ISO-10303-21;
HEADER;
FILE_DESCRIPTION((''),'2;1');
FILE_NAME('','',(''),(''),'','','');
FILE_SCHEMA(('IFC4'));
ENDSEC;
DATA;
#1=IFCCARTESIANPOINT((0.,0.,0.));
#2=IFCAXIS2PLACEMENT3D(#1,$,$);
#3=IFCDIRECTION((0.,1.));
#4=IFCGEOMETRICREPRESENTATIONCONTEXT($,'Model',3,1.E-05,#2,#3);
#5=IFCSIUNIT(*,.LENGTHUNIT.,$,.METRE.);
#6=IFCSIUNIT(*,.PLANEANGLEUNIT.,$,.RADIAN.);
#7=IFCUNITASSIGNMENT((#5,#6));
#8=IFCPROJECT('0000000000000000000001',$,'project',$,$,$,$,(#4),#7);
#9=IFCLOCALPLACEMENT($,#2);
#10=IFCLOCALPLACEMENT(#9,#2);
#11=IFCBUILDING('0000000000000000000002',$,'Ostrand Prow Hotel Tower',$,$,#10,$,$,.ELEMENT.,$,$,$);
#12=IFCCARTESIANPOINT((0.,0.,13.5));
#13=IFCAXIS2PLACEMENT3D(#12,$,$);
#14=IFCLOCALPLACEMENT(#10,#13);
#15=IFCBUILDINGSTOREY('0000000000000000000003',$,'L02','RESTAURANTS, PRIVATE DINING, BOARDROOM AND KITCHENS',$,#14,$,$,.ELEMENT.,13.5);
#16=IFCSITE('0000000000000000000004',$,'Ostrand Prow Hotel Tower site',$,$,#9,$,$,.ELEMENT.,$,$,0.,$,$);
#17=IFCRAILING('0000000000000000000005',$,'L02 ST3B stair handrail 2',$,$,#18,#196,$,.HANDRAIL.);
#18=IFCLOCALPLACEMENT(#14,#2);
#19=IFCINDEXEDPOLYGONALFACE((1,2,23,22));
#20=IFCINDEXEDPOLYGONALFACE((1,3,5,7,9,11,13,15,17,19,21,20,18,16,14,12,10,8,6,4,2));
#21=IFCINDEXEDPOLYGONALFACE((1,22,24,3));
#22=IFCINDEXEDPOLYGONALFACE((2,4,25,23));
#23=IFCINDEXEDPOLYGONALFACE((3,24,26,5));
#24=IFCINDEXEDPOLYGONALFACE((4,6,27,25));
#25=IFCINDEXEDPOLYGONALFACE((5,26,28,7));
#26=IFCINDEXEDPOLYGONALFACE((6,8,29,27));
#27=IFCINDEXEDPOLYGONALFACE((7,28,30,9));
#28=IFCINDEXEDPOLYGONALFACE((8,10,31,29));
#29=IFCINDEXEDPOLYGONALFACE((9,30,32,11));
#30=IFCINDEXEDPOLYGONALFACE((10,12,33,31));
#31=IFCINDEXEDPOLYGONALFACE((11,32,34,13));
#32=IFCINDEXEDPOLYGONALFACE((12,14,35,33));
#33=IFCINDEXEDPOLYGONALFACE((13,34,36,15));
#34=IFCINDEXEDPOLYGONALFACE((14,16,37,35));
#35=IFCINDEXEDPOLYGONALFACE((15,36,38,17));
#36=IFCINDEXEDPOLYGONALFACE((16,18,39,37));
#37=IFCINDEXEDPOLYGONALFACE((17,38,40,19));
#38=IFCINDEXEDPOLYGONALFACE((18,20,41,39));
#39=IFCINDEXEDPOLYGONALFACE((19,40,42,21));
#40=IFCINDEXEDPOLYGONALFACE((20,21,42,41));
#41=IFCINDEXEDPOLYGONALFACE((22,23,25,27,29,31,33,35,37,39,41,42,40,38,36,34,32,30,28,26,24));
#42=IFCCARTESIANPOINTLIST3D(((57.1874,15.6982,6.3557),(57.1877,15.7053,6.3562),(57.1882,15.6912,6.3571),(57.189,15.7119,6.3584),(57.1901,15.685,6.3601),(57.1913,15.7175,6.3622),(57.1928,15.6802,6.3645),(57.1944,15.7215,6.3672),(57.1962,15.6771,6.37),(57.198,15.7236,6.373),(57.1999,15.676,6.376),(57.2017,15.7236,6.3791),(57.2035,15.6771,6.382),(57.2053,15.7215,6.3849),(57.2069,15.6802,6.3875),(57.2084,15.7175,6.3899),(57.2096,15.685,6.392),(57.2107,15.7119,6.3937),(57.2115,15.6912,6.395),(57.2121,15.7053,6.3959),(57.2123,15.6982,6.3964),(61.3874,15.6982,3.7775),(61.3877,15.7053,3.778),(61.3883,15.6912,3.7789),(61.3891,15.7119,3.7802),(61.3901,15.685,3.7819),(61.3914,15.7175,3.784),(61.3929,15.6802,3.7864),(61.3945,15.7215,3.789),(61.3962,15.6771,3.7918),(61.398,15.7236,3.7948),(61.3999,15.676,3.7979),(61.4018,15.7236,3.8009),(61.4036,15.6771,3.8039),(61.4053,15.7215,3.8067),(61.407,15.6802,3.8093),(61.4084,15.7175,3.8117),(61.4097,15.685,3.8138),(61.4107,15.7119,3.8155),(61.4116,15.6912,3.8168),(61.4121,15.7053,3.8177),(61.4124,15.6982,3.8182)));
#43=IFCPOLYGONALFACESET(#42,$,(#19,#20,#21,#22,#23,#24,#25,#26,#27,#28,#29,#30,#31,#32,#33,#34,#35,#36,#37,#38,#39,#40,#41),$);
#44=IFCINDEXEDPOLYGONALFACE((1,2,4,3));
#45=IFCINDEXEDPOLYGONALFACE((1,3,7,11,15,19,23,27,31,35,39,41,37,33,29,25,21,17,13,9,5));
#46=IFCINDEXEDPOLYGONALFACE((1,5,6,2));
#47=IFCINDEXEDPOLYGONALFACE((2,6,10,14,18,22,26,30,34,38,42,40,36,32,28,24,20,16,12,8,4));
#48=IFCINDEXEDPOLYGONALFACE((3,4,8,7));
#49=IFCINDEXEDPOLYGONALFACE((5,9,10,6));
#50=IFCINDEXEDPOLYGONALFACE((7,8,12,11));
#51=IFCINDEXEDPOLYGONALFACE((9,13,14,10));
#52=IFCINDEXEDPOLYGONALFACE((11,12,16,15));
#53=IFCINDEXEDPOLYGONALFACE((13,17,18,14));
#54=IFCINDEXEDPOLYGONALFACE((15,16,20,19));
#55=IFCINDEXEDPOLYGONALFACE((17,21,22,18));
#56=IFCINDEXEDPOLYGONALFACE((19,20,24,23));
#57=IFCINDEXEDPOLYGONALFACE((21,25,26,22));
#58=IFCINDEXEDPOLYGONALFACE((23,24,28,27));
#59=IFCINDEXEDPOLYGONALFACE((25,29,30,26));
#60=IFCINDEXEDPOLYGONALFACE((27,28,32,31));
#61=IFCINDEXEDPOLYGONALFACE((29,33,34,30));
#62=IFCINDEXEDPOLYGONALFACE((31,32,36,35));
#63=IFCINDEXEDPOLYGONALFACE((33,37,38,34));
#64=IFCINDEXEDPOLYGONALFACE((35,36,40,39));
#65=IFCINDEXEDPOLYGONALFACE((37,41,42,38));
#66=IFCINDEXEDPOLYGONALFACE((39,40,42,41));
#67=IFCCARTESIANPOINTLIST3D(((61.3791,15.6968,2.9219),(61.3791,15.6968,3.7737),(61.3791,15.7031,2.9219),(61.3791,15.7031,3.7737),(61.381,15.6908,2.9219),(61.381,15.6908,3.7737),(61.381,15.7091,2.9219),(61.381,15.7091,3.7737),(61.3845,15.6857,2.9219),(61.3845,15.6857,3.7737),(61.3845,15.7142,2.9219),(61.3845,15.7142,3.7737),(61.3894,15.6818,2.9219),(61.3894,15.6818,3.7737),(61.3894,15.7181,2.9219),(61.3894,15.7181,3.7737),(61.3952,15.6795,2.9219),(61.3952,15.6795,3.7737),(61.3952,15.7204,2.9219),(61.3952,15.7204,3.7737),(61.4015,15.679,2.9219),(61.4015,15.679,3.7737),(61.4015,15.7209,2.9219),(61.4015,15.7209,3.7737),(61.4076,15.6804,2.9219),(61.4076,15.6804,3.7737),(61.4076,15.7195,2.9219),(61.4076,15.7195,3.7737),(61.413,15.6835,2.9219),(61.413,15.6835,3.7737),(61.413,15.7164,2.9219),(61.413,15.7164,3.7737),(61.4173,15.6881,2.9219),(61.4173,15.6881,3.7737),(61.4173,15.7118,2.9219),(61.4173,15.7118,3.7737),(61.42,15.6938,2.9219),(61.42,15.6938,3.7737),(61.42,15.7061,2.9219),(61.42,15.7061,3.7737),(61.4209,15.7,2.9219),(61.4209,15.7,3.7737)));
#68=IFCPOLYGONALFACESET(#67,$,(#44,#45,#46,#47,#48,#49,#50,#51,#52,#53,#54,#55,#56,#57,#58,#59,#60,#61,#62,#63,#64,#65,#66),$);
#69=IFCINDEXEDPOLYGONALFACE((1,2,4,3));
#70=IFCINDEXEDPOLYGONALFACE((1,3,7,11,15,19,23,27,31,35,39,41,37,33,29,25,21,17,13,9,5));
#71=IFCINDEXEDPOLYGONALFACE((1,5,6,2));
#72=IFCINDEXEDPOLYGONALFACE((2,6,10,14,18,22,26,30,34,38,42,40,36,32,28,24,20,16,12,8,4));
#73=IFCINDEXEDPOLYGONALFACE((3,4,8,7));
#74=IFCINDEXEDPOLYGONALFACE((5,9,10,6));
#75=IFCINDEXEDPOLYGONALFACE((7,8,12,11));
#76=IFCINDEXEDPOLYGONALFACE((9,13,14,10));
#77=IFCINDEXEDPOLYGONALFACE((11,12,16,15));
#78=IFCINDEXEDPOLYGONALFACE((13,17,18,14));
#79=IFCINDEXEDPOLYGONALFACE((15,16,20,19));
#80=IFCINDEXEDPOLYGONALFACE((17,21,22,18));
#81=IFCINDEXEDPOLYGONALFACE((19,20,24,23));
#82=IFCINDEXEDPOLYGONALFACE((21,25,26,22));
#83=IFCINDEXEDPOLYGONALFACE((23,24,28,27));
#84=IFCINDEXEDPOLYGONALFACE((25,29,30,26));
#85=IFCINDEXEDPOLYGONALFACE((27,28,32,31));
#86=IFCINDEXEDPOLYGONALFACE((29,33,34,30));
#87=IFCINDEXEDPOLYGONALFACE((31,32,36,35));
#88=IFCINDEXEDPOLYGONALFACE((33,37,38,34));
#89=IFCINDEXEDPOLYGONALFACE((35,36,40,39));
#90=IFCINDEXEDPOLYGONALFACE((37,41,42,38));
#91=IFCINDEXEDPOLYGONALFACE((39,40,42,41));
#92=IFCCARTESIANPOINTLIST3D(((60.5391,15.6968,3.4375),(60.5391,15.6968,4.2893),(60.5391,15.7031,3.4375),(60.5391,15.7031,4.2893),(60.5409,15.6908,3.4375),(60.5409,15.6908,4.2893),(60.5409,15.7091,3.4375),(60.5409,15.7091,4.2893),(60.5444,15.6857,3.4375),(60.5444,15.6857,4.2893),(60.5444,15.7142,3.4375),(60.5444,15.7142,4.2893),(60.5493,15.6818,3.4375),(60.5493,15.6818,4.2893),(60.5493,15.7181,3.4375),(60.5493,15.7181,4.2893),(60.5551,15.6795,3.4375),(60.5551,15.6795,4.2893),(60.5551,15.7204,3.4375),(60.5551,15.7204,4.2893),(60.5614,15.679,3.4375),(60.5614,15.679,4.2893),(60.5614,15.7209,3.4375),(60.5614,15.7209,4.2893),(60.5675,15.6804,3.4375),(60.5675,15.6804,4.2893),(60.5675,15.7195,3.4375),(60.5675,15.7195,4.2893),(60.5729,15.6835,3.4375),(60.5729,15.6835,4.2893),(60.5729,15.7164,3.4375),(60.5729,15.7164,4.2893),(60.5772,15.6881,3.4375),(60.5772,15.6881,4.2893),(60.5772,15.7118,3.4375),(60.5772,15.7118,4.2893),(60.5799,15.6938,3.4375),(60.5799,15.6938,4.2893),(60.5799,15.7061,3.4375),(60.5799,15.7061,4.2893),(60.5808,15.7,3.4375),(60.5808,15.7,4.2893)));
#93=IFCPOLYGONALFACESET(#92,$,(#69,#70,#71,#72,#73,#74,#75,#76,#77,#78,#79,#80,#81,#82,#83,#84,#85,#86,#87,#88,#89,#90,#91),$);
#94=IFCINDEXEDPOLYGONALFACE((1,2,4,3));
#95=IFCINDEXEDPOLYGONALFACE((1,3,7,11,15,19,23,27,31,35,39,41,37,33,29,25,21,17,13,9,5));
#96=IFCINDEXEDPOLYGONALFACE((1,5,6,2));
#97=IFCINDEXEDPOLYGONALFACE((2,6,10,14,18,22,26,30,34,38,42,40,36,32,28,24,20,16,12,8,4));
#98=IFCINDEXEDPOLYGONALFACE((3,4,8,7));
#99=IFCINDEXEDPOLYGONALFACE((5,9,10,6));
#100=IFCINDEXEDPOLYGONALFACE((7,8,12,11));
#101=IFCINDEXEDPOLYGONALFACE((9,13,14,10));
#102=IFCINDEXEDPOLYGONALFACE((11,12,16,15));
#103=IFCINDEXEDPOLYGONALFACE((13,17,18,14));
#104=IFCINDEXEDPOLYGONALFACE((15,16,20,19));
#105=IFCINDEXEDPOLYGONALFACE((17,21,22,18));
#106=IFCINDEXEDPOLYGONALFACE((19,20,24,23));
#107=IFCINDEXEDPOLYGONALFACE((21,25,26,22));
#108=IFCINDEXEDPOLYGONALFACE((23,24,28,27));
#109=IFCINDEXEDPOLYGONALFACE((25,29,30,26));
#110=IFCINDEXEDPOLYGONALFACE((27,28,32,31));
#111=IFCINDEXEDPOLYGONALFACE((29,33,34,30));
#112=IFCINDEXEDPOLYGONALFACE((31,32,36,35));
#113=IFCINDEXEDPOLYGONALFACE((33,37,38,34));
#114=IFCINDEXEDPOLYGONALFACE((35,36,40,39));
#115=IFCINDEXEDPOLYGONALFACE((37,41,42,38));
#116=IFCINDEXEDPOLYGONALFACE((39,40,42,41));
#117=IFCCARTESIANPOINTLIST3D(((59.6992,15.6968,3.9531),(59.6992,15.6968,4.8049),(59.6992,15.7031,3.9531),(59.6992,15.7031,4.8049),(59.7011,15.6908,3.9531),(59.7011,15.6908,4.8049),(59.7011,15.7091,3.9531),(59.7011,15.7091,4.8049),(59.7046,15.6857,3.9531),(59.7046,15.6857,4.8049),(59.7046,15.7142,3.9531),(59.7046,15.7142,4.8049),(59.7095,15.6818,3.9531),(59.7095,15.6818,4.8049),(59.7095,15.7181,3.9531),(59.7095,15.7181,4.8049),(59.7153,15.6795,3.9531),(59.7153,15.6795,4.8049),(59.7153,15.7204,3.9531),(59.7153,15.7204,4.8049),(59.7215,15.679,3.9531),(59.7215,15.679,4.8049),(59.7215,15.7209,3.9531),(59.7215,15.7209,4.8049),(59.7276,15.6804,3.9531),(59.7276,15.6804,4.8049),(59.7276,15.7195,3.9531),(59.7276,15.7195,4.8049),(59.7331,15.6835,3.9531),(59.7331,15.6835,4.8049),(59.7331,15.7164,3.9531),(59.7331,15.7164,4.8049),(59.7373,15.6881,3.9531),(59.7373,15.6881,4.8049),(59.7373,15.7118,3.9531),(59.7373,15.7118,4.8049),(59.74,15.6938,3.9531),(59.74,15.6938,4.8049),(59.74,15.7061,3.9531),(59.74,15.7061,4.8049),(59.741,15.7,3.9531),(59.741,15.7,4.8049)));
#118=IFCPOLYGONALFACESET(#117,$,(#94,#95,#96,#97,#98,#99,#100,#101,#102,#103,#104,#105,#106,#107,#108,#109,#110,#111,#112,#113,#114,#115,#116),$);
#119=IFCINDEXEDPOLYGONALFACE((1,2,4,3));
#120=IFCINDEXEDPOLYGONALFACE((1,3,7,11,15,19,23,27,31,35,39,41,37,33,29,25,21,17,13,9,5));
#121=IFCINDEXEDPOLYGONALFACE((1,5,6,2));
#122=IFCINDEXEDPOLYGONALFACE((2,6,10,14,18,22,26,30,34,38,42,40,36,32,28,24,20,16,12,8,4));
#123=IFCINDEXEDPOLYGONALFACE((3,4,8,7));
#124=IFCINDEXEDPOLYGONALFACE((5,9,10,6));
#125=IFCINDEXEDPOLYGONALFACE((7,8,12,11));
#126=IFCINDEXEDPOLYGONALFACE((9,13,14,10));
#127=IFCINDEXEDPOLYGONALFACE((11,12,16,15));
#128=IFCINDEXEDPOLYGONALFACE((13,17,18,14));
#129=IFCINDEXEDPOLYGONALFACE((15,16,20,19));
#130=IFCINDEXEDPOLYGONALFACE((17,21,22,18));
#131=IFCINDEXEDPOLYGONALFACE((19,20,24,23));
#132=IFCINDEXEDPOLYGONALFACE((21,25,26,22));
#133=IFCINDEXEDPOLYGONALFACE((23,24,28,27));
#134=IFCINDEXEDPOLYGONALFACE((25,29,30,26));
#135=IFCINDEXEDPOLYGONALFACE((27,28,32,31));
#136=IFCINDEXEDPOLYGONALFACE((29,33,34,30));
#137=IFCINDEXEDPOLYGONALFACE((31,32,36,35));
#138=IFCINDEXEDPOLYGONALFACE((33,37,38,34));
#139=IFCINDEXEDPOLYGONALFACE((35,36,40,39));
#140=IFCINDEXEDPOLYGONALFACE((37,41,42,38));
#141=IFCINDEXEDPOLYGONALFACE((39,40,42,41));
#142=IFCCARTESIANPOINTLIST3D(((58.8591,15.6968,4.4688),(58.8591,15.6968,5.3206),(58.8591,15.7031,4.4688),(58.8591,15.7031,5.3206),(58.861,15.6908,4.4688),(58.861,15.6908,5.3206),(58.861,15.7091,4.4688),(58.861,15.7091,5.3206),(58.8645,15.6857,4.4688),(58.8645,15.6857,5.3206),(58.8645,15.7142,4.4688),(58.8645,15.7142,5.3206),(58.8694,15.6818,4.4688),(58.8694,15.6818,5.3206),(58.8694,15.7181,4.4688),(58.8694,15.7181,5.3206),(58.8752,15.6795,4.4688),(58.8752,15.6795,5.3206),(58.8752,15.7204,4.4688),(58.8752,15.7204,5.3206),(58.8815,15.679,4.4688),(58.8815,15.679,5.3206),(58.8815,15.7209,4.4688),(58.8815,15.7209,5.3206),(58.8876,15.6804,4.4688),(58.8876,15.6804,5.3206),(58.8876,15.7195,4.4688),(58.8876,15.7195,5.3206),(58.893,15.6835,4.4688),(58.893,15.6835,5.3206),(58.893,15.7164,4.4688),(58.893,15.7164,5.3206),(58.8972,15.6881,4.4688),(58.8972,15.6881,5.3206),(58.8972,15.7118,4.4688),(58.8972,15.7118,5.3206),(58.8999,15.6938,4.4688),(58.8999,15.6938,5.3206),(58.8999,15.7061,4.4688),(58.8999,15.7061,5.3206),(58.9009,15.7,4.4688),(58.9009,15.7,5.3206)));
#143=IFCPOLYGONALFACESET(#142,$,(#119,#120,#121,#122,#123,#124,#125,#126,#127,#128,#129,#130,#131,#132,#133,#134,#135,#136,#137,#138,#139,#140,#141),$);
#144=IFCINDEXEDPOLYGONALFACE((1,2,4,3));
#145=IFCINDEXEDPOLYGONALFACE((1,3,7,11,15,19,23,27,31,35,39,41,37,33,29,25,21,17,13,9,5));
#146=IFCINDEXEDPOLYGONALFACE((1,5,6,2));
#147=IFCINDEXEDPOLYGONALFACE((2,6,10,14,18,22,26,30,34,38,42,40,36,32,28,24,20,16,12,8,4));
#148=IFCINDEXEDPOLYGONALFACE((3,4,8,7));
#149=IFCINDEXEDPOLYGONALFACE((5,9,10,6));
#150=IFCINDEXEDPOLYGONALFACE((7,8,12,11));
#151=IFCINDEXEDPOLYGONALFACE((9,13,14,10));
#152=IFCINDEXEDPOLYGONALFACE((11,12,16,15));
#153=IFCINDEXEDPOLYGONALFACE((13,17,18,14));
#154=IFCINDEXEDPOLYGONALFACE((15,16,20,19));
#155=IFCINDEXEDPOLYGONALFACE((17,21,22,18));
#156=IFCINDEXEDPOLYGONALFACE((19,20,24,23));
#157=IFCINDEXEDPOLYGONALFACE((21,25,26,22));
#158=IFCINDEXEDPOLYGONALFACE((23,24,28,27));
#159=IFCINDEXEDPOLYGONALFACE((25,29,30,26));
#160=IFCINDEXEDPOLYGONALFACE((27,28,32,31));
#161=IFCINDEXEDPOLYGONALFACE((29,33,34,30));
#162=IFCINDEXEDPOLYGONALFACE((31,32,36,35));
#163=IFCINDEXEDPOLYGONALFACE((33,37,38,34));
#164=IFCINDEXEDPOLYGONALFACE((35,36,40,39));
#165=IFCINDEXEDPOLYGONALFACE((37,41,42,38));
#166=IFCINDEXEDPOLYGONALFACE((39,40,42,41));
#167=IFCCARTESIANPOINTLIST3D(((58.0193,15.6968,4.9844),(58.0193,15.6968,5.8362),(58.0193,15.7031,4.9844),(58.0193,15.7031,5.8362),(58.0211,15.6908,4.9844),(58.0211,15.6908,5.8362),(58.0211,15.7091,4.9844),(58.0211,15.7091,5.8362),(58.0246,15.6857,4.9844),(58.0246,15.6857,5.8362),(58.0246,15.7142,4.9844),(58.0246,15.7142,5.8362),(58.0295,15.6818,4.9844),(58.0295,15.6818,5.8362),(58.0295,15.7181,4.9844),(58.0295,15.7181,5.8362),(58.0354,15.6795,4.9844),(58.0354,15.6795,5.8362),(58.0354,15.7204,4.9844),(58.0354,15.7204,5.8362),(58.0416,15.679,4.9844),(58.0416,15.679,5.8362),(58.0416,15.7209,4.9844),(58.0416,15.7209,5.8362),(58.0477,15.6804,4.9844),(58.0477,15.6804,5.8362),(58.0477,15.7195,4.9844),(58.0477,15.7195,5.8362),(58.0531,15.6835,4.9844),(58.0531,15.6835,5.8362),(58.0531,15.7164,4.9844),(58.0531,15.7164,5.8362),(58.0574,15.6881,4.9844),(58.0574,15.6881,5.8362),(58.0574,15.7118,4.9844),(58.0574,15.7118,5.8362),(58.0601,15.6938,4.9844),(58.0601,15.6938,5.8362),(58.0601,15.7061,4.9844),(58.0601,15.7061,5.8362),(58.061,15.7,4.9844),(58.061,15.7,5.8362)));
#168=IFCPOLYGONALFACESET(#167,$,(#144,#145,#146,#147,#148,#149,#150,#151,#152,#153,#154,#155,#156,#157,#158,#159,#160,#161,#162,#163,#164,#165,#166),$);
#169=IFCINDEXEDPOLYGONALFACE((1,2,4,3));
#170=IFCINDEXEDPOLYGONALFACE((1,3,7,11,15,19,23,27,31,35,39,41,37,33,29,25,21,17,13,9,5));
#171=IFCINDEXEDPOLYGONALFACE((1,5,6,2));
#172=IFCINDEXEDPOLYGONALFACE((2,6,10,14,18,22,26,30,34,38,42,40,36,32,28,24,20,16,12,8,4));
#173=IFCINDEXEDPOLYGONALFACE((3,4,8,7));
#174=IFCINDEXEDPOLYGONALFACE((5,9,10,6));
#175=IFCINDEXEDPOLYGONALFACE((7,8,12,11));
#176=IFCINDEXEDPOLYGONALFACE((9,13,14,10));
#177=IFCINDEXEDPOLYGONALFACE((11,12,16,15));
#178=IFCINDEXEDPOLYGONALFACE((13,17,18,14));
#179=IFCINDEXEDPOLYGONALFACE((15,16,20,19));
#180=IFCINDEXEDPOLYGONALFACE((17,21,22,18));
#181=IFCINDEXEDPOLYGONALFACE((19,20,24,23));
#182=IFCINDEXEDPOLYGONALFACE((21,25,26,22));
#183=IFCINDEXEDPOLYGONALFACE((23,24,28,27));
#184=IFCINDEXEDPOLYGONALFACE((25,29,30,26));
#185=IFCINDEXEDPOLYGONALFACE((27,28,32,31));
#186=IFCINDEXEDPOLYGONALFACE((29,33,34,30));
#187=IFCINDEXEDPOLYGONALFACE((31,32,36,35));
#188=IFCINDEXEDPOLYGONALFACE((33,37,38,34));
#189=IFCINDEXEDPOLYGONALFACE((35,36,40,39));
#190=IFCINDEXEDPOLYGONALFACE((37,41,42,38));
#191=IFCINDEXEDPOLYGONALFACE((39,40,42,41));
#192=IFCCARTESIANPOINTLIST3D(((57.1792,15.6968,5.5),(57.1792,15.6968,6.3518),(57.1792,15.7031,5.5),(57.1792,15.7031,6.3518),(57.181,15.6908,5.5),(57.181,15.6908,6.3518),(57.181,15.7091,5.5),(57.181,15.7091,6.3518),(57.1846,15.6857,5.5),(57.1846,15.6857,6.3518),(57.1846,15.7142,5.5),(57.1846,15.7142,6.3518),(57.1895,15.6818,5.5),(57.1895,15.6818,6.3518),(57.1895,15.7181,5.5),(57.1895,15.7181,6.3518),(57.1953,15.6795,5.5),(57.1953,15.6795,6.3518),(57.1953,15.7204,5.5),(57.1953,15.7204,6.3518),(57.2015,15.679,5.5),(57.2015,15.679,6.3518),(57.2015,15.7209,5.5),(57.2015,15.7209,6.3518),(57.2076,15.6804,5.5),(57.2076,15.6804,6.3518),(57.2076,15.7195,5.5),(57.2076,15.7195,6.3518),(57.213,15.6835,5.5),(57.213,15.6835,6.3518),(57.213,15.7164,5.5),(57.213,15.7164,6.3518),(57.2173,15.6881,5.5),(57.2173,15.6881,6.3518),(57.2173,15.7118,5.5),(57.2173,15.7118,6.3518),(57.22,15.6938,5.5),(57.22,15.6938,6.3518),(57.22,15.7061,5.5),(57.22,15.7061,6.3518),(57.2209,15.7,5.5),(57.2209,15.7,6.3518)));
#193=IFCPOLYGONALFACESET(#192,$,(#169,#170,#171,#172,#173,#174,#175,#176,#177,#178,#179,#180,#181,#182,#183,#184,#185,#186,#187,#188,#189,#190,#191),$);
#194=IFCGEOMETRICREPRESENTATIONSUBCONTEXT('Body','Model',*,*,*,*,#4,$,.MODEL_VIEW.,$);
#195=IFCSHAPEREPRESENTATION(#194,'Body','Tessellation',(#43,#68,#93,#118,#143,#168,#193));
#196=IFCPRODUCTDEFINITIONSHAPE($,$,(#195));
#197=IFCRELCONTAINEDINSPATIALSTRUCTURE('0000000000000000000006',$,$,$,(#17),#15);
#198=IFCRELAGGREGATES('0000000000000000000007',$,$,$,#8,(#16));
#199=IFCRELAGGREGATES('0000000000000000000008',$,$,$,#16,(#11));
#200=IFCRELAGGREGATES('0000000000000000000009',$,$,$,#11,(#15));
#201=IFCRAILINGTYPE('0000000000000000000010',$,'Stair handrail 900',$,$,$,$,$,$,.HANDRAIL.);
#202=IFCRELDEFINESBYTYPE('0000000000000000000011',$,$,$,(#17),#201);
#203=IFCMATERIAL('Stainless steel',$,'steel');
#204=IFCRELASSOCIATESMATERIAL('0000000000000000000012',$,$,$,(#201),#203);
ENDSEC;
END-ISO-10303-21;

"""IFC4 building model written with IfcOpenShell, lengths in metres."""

from ifc_helpers import new_model, si_unit, direction, frame, origin, origin_2d, place, context, subcontext, project, spatial, circle, extrude, material, type_object, element, save


model = new_model("IFC4")

# Units and contexts
model_context = context("Model", 3, precision=1e-05, world=origin(), true_north=direction((0.0, 1.0)))
body_context = subcontext(model_context, "Body", "Model", "MODEL_VIEW")
ifc_project = project(units=[si_unit("LENGTHUNIT", "METRE"), si_unit("PLANEANGLEUNIT", "RADIAN")], contexts=[model_context])

# Site, building, storey
site_placement = place(None, origin())
site = spatial("IfcSite", under=ifc_project, at=site_placement, Name="Ostrand Prow Hotel Tower site", CompositionType="ELEMENT", RefElevation=0.0)
building_placement = place(site_placement, origin())
building = spatial("IfcBuilding", under=site, at=building_placement, Name="Ostrand Prow Hotel Tower", CompositionType="ELEMENT")
storey_placement = place(building_placement, frame((0.0, 0.0, 13.5)))
storey = spatial("IfcBuildingStorey", under=building, at=storey_placement, Name="L02", Description="RESTAURANTS, PRIVATE DINING, BOARDROOM AND KITCHENS", CompositionType="ELEMENT", Elevation=13.5)

# Railing
ifc_material_1 = material(Name="Stainless steel", Category="steel")
railing_type = type_object("IfcRailingType", Name="Stair handrail 900", PredefinedType="HANDRAIL", material=ifc_material_1)
railing_placement = place(storey_placement, frame((61.3999, 15.7, 2.9219)))
element("IfcRailing", 1, at=railing_placement, inside=storey, type_object=railing_type, Name="L02 ST3B stair handrail 2", PredefinedType="HANDRAIL", context=body_context, shape_type="SweptSolid", body=[
    extrude(circle(Radius=0.0239, at=origin_2d()), frame((0.0, 0.0, 0.876), z_axis=(-0.852243, 0.0, 0.523146), x_axis=(0.0, -1.0, 0.0)), (0.0, 0.0, 1.0), 4.9282),
    extrude(circle(Radius=0.021, at=origin_2d()), origin(), (0.0, 0.0, 1.0), 0.8518),
    extrude(circle(Radius=0.021, at=origin_2d()), frame((-0.8401, 0.0, 0.5156)), (0.0, 0.0, 1.0), 0.8518),
    extrude(circle(Radius=0.021, at=origin_2d()), frame((-1.6799, 0.0, 1.0312)), (0.0, 0.0, 1.0), 0.8518),
    extrude(circle(Radius=0.021, at=origin_2d()), frame((-2.52, 0.0, 1.5469)), (0.0, 0.0, 1.0), 0.8518),
    extrude(circle(Radius=0.021, at=origin_2d()), frame((-3.3599, 0.0, 2.0625)), (0.0, 0.0, 1.0), 0.8518),
    extrude(circle(Radius=0.021, at=origin_2d()), frame((-4.2, 0.0, 2.5781)), (0.0, 0.0, 1.0), 0.8518),
])

save(model, "model.ifc")
